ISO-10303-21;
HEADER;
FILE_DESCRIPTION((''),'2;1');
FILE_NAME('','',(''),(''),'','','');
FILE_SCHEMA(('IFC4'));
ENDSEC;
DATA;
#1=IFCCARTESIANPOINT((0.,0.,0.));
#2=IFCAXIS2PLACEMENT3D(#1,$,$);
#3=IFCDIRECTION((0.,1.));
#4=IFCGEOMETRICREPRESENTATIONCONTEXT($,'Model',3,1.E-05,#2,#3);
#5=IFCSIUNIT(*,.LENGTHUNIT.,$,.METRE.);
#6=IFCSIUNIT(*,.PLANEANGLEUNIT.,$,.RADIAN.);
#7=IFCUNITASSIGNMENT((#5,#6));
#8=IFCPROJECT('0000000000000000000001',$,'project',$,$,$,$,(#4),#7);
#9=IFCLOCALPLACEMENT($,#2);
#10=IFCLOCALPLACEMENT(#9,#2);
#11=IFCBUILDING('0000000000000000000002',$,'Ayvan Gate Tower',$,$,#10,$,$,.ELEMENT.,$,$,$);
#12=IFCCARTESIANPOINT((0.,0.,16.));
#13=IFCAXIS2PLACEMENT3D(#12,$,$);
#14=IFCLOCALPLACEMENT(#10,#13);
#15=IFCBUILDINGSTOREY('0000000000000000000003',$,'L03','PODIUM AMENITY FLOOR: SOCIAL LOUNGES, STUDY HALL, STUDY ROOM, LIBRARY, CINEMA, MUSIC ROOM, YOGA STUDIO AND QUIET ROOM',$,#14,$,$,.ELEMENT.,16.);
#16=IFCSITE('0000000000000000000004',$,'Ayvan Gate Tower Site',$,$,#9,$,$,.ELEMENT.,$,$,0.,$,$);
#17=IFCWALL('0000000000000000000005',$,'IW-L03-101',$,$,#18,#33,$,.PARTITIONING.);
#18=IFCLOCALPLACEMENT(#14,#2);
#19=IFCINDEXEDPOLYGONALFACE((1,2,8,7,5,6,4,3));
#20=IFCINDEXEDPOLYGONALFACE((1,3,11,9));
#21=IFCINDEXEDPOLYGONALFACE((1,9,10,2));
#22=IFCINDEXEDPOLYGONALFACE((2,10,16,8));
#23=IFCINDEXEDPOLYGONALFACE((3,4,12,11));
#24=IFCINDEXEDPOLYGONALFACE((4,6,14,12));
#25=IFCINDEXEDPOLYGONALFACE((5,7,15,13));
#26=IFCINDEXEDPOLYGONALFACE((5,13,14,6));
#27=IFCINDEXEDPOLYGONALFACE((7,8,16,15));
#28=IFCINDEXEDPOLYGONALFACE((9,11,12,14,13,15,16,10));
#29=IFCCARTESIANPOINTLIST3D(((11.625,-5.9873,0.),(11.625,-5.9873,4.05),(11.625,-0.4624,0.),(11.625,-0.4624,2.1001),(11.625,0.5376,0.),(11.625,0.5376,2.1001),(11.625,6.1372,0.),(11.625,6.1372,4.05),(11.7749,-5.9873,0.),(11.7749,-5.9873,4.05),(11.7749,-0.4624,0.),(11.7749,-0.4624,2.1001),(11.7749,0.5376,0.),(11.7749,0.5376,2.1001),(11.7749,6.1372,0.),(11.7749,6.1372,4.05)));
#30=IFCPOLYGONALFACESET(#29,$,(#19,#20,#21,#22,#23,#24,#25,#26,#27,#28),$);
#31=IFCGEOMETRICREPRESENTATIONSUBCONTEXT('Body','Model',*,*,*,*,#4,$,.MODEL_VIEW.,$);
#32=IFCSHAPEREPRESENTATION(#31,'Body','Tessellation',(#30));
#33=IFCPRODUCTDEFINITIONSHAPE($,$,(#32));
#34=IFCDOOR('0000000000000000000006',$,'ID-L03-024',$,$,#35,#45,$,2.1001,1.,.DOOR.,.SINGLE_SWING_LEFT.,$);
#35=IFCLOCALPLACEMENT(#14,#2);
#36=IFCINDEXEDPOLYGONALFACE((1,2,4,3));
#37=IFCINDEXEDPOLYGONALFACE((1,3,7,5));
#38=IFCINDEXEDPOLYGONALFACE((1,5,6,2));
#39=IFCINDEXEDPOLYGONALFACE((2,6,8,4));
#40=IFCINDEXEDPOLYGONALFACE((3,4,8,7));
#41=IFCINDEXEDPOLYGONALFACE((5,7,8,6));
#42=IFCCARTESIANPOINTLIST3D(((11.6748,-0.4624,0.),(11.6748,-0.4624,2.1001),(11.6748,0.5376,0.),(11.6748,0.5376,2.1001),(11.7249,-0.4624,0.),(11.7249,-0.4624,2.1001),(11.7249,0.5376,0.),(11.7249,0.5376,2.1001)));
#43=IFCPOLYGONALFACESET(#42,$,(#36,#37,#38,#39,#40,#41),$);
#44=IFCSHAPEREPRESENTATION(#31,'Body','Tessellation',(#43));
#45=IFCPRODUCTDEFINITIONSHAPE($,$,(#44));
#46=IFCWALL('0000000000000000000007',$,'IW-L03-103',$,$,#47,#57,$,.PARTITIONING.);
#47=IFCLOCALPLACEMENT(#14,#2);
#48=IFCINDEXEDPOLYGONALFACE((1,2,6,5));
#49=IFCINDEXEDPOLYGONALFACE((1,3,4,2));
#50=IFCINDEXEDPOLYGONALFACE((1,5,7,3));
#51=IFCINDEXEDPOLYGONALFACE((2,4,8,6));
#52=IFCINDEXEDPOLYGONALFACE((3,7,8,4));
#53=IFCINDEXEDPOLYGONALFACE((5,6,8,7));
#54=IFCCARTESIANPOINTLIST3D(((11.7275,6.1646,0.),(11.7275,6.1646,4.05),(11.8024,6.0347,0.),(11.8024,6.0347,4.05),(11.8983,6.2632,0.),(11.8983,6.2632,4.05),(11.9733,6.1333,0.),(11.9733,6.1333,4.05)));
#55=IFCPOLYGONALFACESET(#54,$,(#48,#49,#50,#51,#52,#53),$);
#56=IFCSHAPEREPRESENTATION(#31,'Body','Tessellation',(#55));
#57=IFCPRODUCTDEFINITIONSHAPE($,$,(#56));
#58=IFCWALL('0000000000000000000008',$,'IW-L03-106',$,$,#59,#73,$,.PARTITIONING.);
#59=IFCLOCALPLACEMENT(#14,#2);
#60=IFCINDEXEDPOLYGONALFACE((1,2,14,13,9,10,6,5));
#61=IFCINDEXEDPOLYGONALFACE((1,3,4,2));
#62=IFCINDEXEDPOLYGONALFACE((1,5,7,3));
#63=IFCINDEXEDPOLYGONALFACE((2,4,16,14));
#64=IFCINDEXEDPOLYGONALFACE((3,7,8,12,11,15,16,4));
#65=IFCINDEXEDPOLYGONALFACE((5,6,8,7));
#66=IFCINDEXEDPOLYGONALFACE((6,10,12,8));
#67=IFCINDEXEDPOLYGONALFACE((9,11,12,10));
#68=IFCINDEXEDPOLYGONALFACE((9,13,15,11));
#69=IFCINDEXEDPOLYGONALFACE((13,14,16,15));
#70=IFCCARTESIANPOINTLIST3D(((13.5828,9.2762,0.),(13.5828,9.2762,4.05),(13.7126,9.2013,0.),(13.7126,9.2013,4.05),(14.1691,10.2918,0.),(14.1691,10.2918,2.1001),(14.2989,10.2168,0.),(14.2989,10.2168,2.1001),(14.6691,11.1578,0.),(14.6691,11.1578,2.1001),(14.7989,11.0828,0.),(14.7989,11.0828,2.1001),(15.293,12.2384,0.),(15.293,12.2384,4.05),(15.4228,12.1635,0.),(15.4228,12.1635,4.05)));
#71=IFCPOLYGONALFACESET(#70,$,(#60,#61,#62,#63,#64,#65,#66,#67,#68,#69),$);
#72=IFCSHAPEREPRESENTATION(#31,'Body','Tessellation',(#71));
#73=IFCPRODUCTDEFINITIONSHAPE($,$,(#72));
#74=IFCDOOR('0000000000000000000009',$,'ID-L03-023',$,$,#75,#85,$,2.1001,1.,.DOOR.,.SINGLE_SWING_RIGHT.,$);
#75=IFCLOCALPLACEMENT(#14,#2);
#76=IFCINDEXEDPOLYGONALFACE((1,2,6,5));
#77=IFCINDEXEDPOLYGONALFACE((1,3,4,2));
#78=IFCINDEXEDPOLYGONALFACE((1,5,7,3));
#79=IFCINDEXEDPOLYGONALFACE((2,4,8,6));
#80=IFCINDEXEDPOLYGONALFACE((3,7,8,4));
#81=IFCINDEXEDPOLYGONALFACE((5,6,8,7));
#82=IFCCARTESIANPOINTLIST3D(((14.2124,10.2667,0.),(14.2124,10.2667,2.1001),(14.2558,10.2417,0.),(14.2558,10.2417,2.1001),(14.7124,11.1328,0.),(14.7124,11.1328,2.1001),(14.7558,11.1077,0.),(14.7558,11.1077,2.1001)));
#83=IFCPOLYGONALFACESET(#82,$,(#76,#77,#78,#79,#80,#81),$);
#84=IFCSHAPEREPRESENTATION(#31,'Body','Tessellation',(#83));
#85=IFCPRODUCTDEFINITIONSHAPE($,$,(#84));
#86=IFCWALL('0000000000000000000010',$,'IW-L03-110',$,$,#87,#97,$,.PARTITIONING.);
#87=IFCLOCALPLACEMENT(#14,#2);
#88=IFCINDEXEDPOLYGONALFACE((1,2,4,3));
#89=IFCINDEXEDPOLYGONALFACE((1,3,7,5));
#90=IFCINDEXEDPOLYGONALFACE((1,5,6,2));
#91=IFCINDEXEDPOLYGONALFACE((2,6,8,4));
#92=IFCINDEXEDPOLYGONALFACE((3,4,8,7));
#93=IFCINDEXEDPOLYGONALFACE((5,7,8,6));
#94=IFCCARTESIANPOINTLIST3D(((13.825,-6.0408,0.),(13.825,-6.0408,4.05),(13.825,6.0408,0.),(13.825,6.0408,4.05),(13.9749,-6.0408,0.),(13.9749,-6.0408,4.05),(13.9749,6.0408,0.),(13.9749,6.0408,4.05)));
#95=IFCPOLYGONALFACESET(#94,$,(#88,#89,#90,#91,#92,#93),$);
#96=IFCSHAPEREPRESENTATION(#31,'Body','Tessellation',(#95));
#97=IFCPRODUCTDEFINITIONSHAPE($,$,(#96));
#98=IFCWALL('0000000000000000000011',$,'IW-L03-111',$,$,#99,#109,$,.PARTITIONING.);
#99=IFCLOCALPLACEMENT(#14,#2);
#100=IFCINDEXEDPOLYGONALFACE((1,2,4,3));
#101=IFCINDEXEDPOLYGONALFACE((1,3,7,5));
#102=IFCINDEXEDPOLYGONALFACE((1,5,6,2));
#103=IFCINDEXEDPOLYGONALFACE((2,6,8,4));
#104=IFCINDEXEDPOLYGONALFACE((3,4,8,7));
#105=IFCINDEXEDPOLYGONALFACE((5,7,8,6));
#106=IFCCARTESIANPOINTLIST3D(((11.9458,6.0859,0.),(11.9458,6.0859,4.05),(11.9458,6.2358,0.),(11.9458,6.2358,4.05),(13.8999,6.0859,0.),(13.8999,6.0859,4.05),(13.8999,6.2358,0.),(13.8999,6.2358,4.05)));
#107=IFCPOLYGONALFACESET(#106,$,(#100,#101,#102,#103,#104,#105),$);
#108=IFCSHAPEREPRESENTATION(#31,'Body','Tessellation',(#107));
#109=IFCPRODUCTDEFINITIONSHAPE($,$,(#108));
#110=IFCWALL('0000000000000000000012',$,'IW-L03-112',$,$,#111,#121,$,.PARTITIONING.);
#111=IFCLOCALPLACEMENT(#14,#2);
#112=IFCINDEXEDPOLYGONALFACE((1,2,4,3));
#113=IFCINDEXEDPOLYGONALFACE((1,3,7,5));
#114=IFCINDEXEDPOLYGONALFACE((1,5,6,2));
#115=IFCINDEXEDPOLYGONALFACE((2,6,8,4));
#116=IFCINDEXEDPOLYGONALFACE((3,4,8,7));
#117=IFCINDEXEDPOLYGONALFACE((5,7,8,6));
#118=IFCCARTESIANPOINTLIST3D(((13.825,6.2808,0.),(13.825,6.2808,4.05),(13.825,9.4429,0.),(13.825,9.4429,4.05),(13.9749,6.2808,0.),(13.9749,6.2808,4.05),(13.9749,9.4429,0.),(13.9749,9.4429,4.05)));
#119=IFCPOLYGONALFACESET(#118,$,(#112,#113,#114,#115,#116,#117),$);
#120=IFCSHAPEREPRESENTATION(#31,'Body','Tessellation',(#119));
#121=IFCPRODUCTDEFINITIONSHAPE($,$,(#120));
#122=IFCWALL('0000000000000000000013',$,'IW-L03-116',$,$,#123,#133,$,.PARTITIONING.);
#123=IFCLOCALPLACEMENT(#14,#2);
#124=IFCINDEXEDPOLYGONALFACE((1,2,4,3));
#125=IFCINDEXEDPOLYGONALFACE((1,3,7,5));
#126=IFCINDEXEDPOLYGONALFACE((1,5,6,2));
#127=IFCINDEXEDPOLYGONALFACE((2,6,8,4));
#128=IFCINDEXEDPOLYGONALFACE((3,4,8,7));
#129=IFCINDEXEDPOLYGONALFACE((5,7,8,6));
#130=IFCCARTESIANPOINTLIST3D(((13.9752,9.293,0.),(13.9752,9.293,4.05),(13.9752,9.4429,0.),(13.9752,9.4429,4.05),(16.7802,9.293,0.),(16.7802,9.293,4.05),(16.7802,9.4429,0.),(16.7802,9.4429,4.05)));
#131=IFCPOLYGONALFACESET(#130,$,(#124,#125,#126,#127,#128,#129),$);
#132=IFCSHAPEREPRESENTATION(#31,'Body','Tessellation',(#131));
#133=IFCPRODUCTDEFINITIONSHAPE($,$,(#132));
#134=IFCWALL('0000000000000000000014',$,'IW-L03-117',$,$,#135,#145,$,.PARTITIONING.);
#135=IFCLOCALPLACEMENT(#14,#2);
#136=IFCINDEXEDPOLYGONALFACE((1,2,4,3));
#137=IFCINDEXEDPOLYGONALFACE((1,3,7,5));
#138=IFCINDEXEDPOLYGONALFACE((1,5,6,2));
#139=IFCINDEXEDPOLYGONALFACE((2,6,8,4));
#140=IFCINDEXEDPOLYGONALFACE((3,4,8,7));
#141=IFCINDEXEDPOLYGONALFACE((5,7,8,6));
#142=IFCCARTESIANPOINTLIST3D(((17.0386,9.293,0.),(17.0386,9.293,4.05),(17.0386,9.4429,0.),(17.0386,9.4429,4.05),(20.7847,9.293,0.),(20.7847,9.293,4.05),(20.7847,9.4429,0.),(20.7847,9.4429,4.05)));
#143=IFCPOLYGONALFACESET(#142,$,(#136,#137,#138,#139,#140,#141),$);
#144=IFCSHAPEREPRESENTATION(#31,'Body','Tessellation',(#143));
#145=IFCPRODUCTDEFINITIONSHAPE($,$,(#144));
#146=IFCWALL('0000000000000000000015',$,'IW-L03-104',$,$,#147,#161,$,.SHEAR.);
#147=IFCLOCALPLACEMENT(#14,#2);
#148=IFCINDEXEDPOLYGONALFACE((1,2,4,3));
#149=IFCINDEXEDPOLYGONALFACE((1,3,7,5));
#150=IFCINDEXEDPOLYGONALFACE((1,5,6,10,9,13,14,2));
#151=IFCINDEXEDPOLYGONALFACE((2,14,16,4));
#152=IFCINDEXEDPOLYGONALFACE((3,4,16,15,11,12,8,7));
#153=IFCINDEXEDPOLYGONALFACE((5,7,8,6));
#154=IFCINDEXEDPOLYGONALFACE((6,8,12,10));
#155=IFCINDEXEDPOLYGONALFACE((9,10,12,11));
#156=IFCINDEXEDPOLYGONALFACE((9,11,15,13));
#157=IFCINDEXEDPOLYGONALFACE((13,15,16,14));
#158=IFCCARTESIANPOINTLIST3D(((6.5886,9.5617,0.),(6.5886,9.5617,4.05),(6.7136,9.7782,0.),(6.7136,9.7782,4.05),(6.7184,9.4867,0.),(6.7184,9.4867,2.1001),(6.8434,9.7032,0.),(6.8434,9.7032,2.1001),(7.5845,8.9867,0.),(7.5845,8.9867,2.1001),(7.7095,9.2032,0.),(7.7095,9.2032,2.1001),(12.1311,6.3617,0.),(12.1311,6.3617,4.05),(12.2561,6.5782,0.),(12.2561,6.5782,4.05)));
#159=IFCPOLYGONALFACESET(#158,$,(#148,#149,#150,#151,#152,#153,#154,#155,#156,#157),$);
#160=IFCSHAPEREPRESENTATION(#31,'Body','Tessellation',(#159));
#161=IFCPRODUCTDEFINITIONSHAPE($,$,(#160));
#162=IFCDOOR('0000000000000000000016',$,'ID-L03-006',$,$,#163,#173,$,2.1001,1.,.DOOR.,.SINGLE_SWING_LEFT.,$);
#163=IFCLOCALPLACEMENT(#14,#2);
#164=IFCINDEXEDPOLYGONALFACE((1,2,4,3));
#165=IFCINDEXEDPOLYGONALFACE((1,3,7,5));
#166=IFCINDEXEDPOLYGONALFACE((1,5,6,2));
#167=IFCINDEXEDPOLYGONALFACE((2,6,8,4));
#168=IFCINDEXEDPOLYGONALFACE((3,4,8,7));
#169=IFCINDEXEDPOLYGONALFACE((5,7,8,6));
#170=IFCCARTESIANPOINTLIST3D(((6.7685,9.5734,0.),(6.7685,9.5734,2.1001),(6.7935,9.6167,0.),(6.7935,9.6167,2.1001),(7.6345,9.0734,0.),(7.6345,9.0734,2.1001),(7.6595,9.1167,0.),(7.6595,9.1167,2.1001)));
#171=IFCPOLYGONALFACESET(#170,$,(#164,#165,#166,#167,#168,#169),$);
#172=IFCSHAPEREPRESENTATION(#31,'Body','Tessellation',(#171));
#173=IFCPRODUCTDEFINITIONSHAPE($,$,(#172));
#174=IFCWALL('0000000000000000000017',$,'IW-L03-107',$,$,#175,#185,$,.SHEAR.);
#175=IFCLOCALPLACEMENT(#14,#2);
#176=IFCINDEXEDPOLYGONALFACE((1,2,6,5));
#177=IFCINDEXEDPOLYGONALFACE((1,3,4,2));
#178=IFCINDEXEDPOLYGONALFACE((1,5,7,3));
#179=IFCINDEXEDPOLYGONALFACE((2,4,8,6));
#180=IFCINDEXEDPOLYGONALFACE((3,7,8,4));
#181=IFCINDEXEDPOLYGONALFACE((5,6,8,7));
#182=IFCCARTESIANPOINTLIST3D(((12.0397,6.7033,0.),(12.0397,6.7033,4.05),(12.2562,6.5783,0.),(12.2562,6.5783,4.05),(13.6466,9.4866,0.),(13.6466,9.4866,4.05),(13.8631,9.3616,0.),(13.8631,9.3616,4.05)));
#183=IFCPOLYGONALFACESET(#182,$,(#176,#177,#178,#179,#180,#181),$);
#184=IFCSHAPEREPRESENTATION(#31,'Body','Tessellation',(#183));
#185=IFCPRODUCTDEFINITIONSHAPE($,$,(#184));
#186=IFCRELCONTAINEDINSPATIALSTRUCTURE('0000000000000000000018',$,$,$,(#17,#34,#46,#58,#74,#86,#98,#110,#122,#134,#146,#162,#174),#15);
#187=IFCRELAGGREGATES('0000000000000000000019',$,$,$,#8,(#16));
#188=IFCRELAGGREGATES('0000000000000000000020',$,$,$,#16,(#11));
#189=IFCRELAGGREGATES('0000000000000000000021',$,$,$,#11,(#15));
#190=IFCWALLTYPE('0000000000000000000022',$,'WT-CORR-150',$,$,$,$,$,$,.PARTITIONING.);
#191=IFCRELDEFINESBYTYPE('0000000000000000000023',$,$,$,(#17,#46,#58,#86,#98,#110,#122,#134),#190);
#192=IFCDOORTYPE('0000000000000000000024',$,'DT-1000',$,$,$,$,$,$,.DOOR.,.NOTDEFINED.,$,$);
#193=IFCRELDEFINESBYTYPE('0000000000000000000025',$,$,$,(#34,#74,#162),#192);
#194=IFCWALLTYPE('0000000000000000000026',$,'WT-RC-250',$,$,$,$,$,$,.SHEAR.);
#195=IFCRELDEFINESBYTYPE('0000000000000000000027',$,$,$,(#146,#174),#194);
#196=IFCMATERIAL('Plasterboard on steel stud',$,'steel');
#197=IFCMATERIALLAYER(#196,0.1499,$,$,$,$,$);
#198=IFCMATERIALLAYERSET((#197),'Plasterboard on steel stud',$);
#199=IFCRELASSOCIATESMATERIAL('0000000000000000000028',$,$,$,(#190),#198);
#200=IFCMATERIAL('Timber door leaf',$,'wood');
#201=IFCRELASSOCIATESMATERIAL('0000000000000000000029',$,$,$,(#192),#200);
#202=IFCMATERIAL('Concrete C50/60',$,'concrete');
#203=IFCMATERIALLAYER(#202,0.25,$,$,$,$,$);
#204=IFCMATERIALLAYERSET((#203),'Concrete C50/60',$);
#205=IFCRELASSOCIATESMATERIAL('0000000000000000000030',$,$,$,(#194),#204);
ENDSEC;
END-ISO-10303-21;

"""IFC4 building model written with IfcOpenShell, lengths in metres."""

from ifc_helpers import new_model, si_unit, direction, frame, frame_2d, origin, place, context, subcontext, project, spatial, rectangle, extrude, material, layer, layer_set, type_object, element, fill, save


model = new_model("IFC4")

# Units and contexts
model_context = context("Model", 3, precision=1e-05, world=origin(), true_north=direction((0.0, 1.0)))
body_context = subcontext(model_context, "Body", "Model", "MODEL_VIEW")
ifc_project = project(units=[si_unit("LENGTHUNIT", "METRE"), si_unit("PLANEANGLEUNIT", "RADIAN")], contexts=[model_context])

# Site, building, storey
site_placement = place(None, origin())
site = spatial("IfcSite", under=ifc_project, at=site_placement, Name="Ayvan Gate Tower Site", CompositionType="ELEMENT", RefElevation=0.0)
building_placement = place(site_placement, origin())
building = spatial("IfcBuilding", under=site, at=building_placement, Name="Ayvan Gate Tower", CompositionType="ELEMENT")
storey_placement = place(building_placement, frame((0.0, 0.0, 16.0)))
storey = spatial("IfcBuildingStorey", under=building, at=storey_placement, Name="L03", Description="PODIUM AMENITY FLOOR: SOCIAL LOUNGES, STUDY HALL, STUDY ROOM, LIBRARY, CINEMA, MUSIC ROOM, YOGA STUDIO AND QUIET ROOM", CompositionType="ELEMENT", Elevation=16.0)

# Wall, opening, door
ifc_material_1 = material(Name="Plasterboard on steel stud", Category="steel")
ifc_layer_1 = layer(ifc_material_1, 0.1499)
ifc_layer_set_1 = layer_set([ifc_layer_1], Name="Plasterboard on steel stud")
wall_type_1 = type_object("IfcWallType", Name="WT-CORR-150", PredefinedType="PARTITIONING", material=ifc_layer_set_1)
wall_1_placement = place(storey_placement, frame((11.7, 6.1372, 0.0), z_axis=(0.0, 0.0, 1.0), x_axis=(0.0, -1.0, 0.0)))
wall_1 = element("IfcWall", 1, at=wall_1_placement, inside=storey, type_object=wall_type_1, Name="IW-L03-101", PredefinedType="PARTITIONING", context=body_context, shape_type="SweptSolid", body=[
    extrude(rectangle(XDim=12.1245, YDim=0.1499, at=frame_2d((6.0623, 0.0))), origin(), (0.0, 0.0, 1.0), 4.05),
])
opening_1_placement = place(wall_1_placement, frame((5.5996, 0.0, 0.0)))
opening_1 = element("IfcOpeningElement", 2, at=opening_1_placement, cuts=wall_1, PredefinedType="OPENING", context=body_context, shape_type="SweptSolid", body=[
    extrude(rectangle(XDim=1.0, YDim=2.1001, at=frame_2d((0.5, 1.05))), frame((0.0, 0.085, 0.0), z_axis=(0.0, -1.0, 0.0), x_axis=(1.0, 0.0, 0.0)), (0.0, 0.0, 1.0), 0.1699),
])
ifc_material_2 = material(Name="Timber door leaf", Category="wood")
door_type = type_object("IfcDoorType", Name="DT-1000", OperationType="NOTDEFINED", PredefinedType="DOOR", material=ifc_material_2)
door_1_placement = place(opening_1_placement, origin())
door_1 = element("IfcDoor", 3, at=door_1_placement, inside=storey, type_object=door_type, Name="ID-L03-024", OperationType="SINGLE_SWING_LEFT", OverallHeight=2.1001, OverallWidth=1.0, PredefinedType="DOOR", context=body_context, shape_type="SweptSolid", body=[
    extrude(rectangle(XDim=1.0, YDim=2.1001, at=frame_2d((0.5, 1.05))), frame((0.0, 0.0249, 0.0), z_axis=(0.0, -1.0, 0.0), x_axis=(1.0, 0.0, 0.0)), (0.0, 0.0, 1.0), 0.05),
])
fill(opening_1, door_1)

# Wall
wall_2_placement = place(storey_placement, frame((11.9358, 6.1982, 0.0), z_axis=(0.0, 0.0, 1.0), x_axis=(-0.866103, -0.499865, 0.0)))
element("IfcWall", 4, at=wall_2_placement, inside=storey, type_object=wall_type_1, Name="IW-L03-103", PredefinedType="PARTITIONING", context=body_context, shape_type="SweptSolid", body=[
    extrude(rectangle(XDim=0.1973, YDim=0.1499, at=frame_2d((0.0986, 0.0))), origin(), (0.0, 0.0, 1.0), 4.05),
])

# Wall, opening, door
wall_3_placement = place(storey_placement, frame((13.6477, 9.2388, 0.0), z_axis=(0.0, 0.0, 1.0), x_axis=(0.5, 0.866025, 0.0)))
wall_3 = element("IfcWall", 5, at=wall_3_placement, inside=storey, type_object=wall_type_1, Name="IW-L03-106", PredefinedType="PARTITIONING", context=body_context, shape_type="SweptSolid", body=[
    extrude(rectangle(XDim=3.4204, YDim=0.1499, at=frame_2d((1.7102, 0.0))), origin(), (0.0, 0.0, 1.0), 4.05),
])
opening_2_placement = place(wall_3_placement, frame((1.1726, 0.0, 0.0)))
opening_2 = element("IfcOpeningElement", 6, at=opening_2_placement, cuts=wall_3, PredefinedType="OPENING", context=body_context, shape_type="SweptSolid", body=[
    extrude(rectangle(XDim=1.0, YDim=2.1001, at=frame_2d((0.5, 1.05))), frame((0.0, 0.085, 0.0), z_axis=(0.0, -1.0, 0.0), x_axis=(1.0, 0.0, 0.0)), (0.0, 0.0, 1.0), 0.1699),
])
door_2_placement = place(opening_2_placement, origin())
door_2 = element("IfcDoor", 7, at=door_2_placement, inside=storey, type_object=door_type, Name="ID-L03-023", OperationType="SINGLE_SWING_RIGHT", OverallHeight=2.1001, OverallWidth=1.0, PredefinedType="DOOR", context=body_context, shape_type="SweptSolid", body=[
    extrude(rectangle(XDim=1.0, YDim=2.1001, at=frame_2d((0.5, 1.05))), frame((0.0, 0.0249, 0.0), z_axis=(0.0, -1.0, 0.0), x_axis=(1.0, 0.0, 0.0)), (0.0, 0.0, 1.0), 0.05),
])
fill(opening_2, door_2)

# Walls
wall_4_placement = place(storey_placement, frame((13.8999, 6.0408, 0.0), z_axis=(0.0, 0.0, 1.0), x_axis=(0.0, -1.0, 0.0)))
element("IfcWall", 8, at=wall_4_placement, inside=storey, type_object=wall_type_1, Name="IW-L03-110", PredefinedType="PARTITIONING", context=body_context, shape_type="SweptSolid", body=[
    extrude(rectangle(XDim=12.0815, YDim=0.1499, at=frame_2d((6.0408, 0.0))), origin(), (0.0, 0.0, 1.0), 4.05),
])
wall_5_placement = place(storey_placement, frame((13.8999, 6.1609, 0.0), z_axis=(0.0, 0.0, 1.0), x_axis=(-1.0, 0.0, 0.0)))
element("IfcWall", 9, at=wall_5_placement, inside=storey, type_object=wall_type_1, Name="IW-L03-111", PredefinedType="PARTITIONING", context=body_context, shape_type="SweptSolid", body=[
    extrude(rectangle(XDim=1.9541, YDim=0.1499, at=frame_2d((0.9771, 0.0))), origin(), (0.0, 0.0, 1.0), 4.05),
])
wall_6_placement = place(storey_placement, frame((13.8999, 9.4429, 0.0), z_axis=(0.0, 0.0, 1.0), x_axis=(0.0, -1.0, 0.0)))
element("IfcWall", 10, at=wall_6_placement, inside=storey, type_object=wall_type_1, Name="IW-L03-112", PredefinedType="PARTITIONING", context=body_context, shape_type="SweptSolid", body=[
    extrude(rectangle(XDim=3.1621, YDim=0.1499, at=frame_2d((1.5811, 0.0))), origin(), (0.0, 0.0, 1.0), 4.05),
])
wall_7_placement = place(storey_placement, frame((16.78, 9.3679, 0.0), z_axis=(0.0, 0.0, 1.0), x_axis=(-1.0, 0.0, 0.0)))
element("IfcWall", 11, at=wall_7_placement, inside=storey, type_object=wall_type_1, Name="IW-L03-116", PredefinedType="PARTITIONING", context=body_context, shape_type="SweptSolid", body=[
    extrude(rectangle(XDim=2.8049, YDim=0.1499, at=frame_2d((1.4023, 0.0))), origin(), (0.0, 0.0, 1.0), 4.05),
])
wall_8_placement = place(storey_placement, frame((20.7847, 9.3679, 0.0), z_axis=(0.0, 0.0, 1.0), x_axis=(-1.0, 0.0, 0.0)))
element("IfcWall", 12, at=wall_8_placement, inside=storey, type_object=wall_type_1, Name="IW-L03-117", PredefinedType="PARTITIONING", context=body_context, shape_type="SweptSolid", body=[
    extrude(rectangle(XDim=3.7461, YDim=0.1499, at=frame_2d((1.873, 0.0))), origin(), (0.0, 0.0, 1.0), 4.05),
])

# Wall, opening, door
ifc_material_3 = material(Name="Concrete C50/60", Category="concrete")
ifc_layer_2 = layer(ifc_material_3, 0.25)
ifc_layer_set_2 = layer_set([ifc_layer_2], Name="Concrete C50/60")
wall_type_2 = type_object("IfcWallType", Name="WT-RC-250", PredefinedType="SHEAR", material=ifc_layer_set_2)
wall_9_placement = place(storey_placement, frame((12.1936, 6.47, 0.0), z_axis=(0.0, 0.0, 1.0), x_axis=(-0.866025, 0.5, 0.0)))
wall_9 = element("IfcWall", 13, at=wall_9_placement, inside=storey, type_object=wall_type_2, Name="IW-L03-104", PredefinedType="SHEAR", context=body_context, shape_type="SweptSolid", body=[
    extrude(rectangle(XDim=6.3999, YDim=0.25, at=frame_2d((3.2, 0.0))), origin(), (0.0, 0.0, 1.0), 4.05),
])
opening_3_placement = place(wall_9_placement, frame((5.25, 0.0, 0.0)))
opening_3 = element("IfcOpeningElement", 14, at=opening_3_placement, cuts=wall_9, PredefinedType="OPENING", context=body_context, shape_type="SweptSolid", body=[
    extrude(rectangle(XDim=1.0, YDim=2.1001, at=frame_2d((0.5, 1.05))), frame((0.0, 0.135, 0.0), z_axis=(0.0, -1.0, 0.0), x_axis=(1.0, 0.0, 0.0)), (0.0, 0.0, 1.0), 0.27),
])
door_3_placement = place(opening_3_placement, origin())
door_3 = element("IfcDoor", 15, at=door_3_placement, inside=storey, type_object=door_type, Name="ID-L03-006", OperationType="SINGLE_SWING_LEFT", OverallHeight=2.1001, OverallWidth=1.0, PredefinedType="DOOR", context=body_context, shape_type="SweptSolid", body=[
    extrude(rectangle(XDim=1.0, YDim=2.1001, at=frame_2d((0.5, 1.05))), frame((0.0, 0.0249, 0.0), z_axis=(0.0, -1.0, 0.0), x_axis=(1.0, 0.0, 0.0)), (0.0, 0.0, 1.0), 0.05),
])
fill(opening_3, door_3)

# Wall
wall_10_placement = place(storey_placement, frame((13.7549, 9.4241, 0.0), z_axis=(0.0, 0.0, 1.0), x_axis=(-0.500012, -0.866019, 0.0)))
element("IfcWall", 16, at=wall_10_placement, inside=storey, type_object=wall_type_2, Name="IW-L03-107", PredefinedType="SHEAR", context=body_context, shape_type="SweptSolid", body=[
    extrude(rectangle(XDim=3.2139, YDim=0.25, at=frame_2d((1.6069, 0.0))), origin(), (0.0, 0.0, 1.0), 4.05),
])

save(model, "model.ifc")
